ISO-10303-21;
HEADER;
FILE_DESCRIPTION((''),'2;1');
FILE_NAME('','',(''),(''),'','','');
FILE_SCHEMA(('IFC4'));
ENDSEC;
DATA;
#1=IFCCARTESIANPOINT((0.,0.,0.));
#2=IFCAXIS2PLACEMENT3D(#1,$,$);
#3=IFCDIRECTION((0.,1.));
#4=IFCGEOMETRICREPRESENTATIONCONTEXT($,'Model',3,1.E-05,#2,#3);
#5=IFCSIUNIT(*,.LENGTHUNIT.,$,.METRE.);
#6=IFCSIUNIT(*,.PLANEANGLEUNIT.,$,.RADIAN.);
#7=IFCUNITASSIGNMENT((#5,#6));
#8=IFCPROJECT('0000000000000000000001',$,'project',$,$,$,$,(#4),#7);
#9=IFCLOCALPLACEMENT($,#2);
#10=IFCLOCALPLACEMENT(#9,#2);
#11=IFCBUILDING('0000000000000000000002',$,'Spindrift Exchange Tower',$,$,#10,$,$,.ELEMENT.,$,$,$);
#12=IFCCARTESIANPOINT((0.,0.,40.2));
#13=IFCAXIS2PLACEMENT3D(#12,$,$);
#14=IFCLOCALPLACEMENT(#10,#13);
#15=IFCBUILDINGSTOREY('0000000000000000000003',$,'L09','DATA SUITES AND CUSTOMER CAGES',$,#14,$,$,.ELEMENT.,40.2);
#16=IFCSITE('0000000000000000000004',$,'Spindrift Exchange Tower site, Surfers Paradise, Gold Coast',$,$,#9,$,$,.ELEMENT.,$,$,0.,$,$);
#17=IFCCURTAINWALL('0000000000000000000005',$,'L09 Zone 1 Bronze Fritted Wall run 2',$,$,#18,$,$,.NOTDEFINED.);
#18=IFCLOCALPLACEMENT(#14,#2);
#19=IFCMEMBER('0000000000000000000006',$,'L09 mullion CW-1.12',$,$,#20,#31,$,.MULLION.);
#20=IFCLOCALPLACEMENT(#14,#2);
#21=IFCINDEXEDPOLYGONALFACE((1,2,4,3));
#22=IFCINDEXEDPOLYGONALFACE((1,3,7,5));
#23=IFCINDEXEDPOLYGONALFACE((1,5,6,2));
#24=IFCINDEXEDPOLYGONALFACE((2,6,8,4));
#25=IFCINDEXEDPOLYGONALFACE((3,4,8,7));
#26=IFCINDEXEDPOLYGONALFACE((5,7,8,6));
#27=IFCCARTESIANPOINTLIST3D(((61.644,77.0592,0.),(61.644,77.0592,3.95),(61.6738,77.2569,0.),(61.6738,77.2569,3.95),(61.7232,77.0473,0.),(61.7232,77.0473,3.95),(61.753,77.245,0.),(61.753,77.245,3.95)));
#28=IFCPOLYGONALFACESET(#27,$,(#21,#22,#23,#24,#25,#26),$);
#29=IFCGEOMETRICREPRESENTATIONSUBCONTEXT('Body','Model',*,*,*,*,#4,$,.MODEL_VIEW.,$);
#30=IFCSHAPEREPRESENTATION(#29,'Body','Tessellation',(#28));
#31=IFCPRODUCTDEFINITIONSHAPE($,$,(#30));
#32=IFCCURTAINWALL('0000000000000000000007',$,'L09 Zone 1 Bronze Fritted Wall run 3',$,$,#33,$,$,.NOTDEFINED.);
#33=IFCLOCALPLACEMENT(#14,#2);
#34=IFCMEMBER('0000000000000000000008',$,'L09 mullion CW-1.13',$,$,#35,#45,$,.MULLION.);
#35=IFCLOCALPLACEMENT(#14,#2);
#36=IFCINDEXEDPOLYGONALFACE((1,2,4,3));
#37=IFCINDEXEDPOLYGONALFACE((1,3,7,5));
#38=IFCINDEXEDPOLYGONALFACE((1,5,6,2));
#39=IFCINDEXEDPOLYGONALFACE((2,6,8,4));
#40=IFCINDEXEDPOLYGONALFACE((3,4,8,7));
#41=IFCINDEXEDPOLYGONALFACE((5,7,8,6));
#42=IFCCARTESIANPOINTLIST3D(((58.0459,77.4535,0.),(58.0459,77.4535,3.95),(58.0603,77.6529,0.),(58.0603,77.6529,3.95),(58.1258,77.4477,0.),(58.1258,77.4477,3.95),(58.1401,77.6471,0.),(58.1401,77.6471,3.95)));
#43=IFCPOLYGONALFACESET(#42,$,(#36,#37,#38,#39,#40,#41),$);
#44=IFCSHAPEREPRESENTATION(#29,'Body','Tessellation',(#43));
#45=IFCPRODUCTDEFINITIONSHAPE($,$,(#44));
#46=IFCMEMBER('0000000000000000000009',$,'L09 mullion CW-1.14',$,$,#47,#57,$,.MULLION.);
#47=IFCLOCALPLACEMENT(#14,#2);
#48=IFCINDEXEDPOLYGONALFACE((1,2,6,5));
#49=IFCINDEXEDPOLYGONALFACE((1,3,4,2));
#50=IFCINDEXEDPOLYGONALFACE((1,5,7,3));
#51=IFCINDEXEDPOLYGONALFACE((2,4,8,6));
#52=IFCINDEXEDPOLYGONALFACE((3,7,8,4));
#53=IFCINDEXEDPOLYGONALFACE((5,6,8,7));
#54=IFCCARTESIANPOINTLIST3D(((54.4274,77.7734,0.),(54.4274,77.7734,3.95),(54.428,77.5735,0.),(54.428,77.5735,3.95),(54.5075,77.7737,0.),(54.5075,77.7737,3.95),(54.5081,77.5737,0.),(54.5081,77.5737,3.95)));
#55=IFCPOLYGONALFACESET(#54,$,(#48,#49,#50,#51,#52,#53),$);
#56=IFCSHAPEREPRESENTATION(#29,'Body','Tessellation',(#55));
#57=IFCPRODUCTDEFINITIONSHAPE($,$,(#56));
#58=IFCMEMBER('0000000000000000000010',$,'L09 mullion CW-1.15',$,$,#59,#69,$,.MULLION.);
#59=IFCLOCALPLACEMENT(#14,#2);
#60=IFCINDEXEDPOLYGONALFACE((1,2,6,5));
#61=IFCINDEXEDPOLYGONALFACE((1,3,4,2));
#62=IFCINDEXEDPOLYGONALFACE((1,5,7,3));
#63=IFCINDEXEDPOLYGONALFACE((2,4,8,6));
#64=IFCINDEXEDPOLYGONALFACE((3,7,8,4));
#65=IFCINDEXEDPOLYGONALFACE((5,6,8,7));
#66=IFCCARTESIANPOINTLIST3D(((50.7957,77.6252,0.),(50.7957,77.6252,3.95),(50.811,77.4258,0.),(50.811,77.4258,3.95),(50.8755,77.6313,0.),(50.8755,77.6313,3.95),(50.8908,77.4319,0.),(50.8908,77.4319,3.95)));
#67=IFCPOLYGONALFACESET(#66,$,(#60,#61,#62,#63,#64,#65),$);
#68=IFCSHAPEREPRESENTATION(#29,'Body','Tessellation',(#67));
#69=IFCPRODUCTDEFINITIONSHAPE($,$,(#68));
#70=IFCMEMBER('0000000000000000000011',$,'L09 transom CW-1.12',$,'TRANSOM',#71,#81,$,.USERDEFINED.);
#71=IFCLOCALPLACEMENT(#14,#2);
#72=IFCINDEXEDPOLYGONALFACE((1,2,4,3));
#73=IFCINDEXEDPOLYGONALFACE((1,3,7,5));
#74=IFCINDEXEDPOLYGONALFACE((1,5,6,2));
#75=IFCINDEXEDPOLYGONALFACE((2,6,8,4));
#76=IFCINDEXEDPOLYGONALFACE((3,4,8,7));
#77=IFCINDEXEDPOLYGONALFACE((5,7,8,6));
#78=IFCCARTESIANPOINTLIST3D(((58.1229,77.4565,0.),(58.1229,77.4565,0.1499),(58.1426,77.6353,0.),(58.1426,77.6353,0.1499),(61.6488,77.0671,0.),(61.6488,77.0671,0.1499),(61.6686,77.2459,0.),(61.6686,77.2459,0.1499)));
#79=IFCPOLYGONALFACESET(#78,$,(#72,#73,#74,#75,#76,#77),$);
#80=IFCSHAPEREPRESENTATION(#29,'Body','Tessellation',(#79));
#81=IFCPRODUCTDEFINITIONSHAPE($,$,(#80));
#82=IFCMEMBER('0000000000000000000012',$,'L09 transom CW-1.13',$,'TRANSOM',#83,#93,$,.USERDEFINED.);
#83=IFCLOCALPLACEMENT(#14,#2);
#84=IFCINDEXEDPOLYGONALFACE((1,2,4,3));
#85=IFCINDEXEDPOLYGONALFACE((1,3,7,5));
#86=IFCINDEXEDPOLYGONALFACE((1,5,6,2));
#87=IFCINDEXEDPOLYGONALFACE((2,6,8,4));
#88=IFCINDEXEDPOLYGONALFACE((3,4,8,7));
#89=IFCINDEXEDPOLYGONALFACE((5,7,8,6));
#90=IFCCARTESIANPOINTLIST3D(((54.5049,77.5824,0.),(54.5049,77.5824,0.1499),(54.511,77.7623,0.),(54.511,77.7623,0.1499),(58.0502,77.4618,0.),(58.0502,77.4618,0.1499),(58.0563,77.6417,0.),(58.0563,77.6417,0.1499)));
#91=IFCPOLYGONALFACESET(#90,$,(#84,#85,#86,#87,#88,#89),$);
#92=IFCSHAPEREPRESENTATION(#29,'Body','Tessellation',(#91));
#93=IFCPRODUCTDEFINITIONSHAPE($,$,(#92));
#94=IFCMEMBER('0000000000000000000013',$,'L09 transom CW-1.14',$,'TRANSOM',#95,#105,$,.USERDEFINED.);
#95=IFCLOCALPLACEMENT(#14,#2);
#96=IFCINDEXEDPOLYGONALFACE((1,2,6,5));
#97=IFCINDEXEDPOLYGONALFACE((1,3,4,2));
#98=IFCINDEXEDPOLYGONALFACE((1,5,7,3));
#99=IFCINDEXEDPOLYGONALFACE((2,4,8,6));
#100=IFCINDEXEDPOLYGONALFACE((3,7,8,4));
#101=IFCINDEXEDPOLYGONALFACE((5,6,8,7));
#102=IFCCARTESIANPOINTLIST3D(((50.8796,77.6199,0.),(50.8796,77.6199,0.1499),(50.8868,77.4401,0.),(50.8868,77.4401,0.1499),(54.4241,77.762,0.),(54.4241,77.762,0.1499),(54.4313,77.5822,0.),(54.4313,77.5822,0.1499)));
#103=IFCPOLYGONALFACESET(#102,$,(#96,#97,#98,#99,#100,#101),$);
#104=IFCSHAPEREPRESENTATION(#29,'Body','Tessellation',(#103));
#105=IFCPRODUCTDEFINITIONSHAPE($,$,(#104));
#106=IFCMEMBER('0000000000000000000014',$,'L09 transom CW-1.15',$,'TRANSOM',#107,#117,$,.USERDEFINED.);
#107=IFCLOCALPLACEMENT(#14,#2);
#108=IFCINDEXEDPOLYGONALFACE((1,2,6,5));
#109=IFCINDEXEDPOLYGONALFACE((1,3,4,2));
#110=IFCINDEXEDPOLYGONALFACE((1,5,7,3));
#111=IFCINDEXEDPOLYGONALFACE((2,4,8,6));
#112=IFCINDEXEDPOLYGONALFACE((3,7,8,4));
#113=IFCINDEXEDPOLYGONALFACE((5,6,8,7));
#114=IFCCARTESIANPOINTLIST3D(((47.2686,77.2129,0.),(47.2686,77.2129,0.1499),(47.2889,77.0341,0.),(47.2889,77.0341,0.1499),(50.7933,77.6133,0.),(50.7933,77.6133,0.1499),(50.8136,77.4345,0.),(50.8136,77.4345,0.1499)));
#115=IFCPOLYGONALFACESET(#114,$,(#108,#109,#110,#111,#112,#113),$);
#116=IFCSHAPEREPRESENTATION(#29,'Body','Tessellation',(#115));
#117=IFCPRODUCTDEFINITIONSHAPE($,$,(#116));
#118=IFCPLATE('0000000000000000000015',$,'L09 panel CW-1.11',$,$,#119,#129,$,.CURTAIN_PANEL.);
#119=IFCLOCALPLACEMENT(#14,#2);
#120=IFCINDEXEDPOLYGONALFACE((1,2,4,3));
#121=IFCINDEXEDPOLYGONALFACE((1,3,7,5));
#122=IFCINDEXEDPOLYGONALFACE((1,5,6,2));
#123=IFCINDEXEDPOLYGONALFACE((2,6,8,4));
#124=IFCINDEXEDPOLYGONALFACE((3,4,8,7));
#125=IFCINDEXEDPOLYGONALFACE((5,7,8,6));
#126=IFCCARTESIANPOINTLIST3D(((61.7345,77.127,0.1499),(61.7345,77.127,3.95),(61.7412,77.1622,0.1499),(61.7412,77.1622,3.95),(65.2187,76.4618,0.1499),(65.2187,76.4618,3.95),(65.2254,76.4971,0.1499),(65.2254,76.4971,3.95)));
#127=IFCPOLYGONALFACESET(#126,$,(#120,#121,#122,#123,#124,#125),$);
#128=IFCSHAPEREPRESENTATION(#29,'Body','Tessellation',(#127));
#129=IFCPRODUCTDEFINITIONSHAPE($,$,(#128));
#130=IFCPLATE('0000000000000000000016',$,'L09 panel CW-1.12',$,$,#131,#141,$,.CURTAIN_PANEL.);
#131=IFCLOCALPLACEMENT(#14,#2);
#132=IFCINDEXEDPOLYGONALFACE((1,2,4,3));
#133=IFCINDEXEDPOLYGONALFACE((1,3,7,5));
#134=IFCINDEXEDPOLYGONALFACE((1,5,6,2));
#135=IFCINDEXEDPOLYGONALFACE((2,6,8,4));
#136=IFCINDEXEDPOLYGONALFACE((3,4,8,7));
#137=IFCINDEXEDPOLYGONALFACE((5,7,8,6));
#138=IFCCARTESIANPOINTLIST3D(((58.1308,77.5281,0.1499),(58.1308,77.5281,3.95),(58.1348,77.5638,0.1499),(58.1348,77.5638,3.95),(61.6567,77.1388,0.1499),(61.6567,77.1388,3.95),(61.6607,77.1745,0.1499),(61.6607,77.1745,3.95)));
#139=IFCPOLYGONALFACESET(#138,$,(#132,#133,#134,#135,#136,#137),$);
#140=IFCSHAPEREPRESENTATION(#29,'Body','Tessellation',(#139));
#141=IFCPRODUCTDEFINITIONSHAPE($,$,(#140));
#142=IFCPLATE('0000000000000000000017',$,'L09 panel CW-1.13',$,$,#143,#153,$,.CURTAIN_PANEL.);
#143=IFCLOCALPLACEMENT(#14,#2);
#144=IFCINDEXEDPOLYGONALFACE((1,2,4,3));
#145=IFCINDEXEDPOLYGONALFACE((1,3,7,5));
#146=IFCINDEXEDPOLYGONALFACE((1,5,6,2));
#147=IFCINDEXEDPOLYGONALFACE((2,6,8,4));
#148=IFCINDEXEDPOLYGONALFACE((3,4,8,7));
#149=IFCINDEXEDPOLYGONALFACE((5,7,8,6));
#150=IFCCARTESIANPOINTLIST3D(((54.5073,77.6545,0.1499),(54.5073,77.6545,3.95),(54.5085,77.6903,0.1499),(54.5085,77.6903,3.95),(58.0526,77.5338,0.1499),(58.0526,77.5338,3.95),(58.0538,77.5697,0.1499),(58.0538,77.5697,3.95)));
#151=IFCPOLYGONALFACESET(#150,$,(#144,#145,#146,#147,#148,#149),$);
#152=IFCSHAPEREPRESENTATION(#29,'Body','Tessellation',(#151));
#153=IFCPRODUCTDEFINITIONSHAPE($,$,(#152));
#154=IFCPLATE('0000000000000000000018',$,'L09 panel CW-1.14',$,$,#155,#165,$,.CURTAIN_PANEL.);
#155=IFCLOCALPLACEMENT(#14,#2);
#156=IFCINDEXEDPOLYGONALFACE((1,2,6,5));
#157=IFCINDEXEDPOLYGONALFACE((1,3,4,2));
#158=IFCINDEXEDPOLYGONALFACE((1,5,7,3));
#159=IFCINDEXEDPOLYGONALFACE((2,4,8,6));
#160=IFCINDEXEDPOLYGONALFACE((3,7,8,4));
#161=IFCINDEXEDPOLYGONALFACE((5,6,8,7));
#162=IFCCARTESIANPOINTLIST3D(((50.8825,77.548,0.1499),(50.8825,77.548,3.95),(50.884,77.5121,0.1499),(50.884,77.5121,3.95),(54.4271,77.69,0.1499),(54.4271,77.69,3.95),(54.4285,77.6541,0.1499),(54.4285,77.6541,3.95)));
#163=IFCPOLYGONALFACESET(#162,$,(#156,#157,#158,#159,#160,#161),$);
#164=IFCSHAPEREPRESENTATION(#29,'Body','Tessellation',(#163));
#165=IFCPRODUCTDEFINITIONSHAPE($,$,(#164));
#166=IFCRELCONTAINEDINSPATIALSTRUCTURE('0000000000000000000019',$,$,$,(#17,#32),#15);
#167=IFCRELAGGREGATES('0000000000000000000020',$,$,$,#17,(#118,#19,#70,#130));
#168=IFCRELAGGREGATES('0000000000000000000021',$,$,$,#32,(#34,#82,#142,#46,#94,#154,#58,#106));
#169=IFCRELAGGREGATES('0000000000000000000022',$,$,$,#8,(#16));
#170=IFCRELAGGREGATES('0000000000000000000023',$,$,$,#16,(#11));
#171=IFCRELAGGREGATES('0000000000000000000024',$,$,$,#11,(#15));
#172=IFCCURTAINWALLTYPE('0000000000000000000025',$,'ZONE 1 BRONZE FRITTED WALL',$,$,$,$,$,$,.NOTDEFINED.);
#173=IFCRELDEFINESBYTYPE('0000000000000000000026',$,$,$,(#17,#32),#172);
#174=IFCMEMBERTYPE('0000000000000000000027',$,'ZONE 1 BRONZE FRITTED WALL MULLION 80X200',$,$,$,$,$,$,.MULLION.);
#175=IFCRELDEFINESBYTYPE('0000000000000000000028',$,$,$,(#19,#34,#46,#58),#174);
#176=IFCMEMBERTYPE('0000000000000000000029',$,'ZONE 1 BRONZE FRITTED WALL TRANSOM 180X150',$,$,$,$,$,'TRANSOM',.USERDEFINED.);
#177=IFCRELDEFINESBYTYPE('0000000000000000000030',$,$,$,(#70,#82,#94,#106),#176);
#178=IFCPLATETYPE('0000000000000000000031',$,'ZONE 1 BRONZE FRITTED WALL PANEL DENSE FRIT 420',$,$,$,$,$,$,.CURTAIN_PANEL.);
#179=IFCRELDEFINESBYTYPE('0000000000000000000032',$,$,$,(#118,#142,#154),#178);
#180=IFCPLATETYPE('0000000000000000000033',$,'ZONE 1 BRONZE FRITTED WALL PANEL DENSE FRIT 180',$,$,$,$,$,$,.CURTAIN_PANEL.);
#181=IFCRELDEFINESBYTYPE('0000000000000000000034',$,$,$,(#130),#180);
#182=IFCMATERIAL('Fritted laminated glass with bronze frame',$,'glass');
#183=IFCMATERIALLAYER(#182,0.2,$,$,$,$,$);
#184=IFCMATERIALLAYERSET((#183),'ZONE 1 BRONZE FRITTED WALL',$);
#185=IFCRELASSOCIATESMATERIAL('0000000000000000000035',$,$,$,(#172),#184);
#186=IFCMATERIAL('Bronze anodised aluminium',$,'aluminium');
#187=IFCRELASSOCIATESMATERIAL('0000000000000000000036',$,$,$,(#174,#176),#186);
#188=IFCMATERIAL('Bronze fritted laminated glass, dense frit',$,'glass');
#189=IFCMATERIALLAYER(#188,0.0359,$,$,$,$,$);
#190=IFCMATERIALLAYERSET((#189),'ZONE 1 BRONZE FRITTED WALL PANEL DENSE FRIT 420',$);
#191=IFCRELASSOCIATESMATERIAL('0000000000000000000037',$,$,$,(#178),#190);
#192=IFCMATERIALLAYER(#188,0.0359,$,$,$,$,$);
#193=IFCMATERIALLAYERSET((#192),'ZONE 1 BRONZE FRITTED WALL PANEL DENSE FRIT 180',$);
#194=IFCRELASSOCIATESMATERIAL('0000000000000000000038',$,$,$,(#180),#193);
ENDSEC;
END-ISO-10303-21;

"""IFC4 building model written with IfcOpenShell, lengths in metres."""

from ifc_helpers import new_model, si_unit, direction, frame, origin, origin_2d, place, context, subcontext, project, spatial, rectangle, extrude, source, transform, mapped, material, layer, layer_set, material_profile, profile_set, type_object, element, aggregate, save


model = new_model("IFC4")

# Units and contexts
model_context = context("Model", 3, precision=1e-05, world=origin(), true_north=direction((0.0, 1.0)))
body_context = subcontext(model_context, "Body", "Model", "MODEL_VIEW")
ifc_project = project(units=[si_unit("LENGTHUNIT", "METRE"), si_unit("PLANEANGLEUNIT", "RADIAN")], contexts=[model_context])

# Site, building, storey
site_placement = place(None, origin())
site = spatial("IfcSite", under=ifc_project, at=site_placement, Name="Spindrift Exchange Tower site, Surfers Paradise, Gold Coast", CompositionType="ELEMENT", RefElevation=0.0)
building_placement = place(site_placement, origin())
building = spatial("IfcBuilding", under=site, at=building_placement, Name="Spindrift Exchange Tower", CompositionType="ELEMENT")
storey_placement = place(building_placement, frame((0.0, 0.0, 40.2)))
storey = spatial("IfcBuildingStorey", under=building, at=storey_placement, Name="L09", Description="DATA SUITES AND CUSTOMER CAGES", CompositionType="ELEMENT", Elevation=40.2)

# Curtain wall, member
ifc_material_1 = material(Name="Fritted laminated glass with bronze frame", Category="glass")
ifc_layer_1 = layer(ifc_material_1, 0.2)
ifc_layer_set_1 = layer_set([ifc_layer_1], Name="ZONE 1 BRONZE FRITTED WALL")
curtain_wall_type = type_object("IfcCurtainWallType", Name="ZONE 1 BRONZE FRITTED WALL", PredefinedType="NOTDEFINED", material=ifc_layer_set_1)
curtain_wall_1_placement = place(storey_placement, origin())
curtain_wall_1 = element("IfcCurtainWall", 1, at=curtain_wall_1_placement, inside=storey, type_object=curtain_wall_type, Name="L09 Zone 1 Bronze Fritted Wall run 2", PredefinedType="NOTDEFINED")
ifc_material_2 = material(Name="Bronze anodised aluminium", Category="aluminium")
ifc_material_profile_1 = material_profile(ifc_material_2, rectangle(XDim=0.0801, YDim=0.2, at=origin_2d()), Name="ZONE 1 BRONZE FRITTED WALL MULLION 80X200")
ifc_profile_set_1 = profile_set([ifc_material_profile_1], Name="Bronze anodised aluminium")
member_type_1 = type_object("IfcMemberType", Name="ZONE 1 BRONZE FRITTED WALL MULLION 80X200", PredefinedType="MULLION", material=ifc_profile_set_1)
shared_shape_1 = source(origin(), body_context, "Body", "SweptSolid", [
    extrude(rectangle(XDim=0.0801, YDim=0.2, at=origin_2d()), origin(), (0.0, 0.0, 1.0), 3.95),
])
member_1_placement = place(storey_placement, frame((61.6985, 77.1521, 0.0), z_axis=(0.0, 0.0, 1.0), x_axis=(-0.988874, 0.148753, 0.0)))
member_1 = element("IfcMember", 2, at=member_1_placement, type_object=member_type_1, Name="L09 mullion CW-1.12", PredefinedType="MULLION", context=body_context, shape_type="MappedRepresentation", body=[
    mapped(shared_shape_1, transform((0.0, 0.0, 0.0), scale=1.0)),
])

# Curtain wall, members
curtain_wall_2_placement = place(storey_placement, origin())
curtain_wall_2 = element("IfcCurtainWall", 3, at=curtain_wall_2_placement, inside=storey, type_object=curtain_wall_type, Name="L09 Zone 1 Bronze Fritted Wall run 3", PredefinedType="NOTDEFINED")
member_2_placement = place(storey_placement, frame((58.093, 77.5503, 0.0), z_axis=(0.0, 0.0, 1.0), x_axis=(-0.997409, 0.071937, 0.0)))
member_2 = element("IfcMember", 4, at=member_2_placement, type_object=member_type_1, Name="L09 mullion CW-1.13", PredefinedType="MULLION", context=body_context, shape_type="MappedRepresentation", body=[
    mapped(shared_shape_1, transform((0.0, 0.0, 0.0), scale=1.0)),
])
member_3_placement = place(storey_placement, frame((54.4678, 77.6736, 0.0), z_axis=(0.0, 0.0, 1.0), x_axis=(-0.999995, -0.003007, 0.0)))
member_3 = element("IfcMember", 5, at=member_3_placement, type_object=member_type_1, Name="L09 mullion CW-1.14", PredefinedType="MULLION", context=body_context, shape_type="MappedRepresentation", body=[
    mapped(shared_shape_1, transform((0.0, 0.0, 0.0), scale=1.0)),
])
member_4_placement = place(storey_placement, frame((50.8433, 77.5286, 0.0), z_axis=(0.0, 0.0, 1.0), x_axis=(-0.99707, -0.076497, 0.0)))
member_4 = element("IfcMember", 6, at=member_4_placement, type_object=member_type_1, Name="L09 mullion CW-1.15", PredefinedType="MULLION", context=body_context, shape_type="MappedRepresentation", body=[
    mapped(shared_shape_1, transform((0.0, 0.0, 0.0), scale=1.0)),
])

# Members
ifc_material_profile_2 = material_profile(ifc_material_2, rectangle(XDim=0.1799, YDim=0.1499, at=origin_2d()), Name="ZONE 1 BRONZE FRITTED WALL TRANSOM 180X150")
ifc_profile_set_2 = profile_set([ifc_material_profile_2], Name="Bronze anodised aluminium")
member_type_2 = type_object("IfcMemberType", Name="ZONE 1 BRONZE FRITTED WALL TRANSOM 180X150", ElementType="TRANSOM", PredefinedType="USERDEFINED", material=ifc_profile_set_2)
shared_shape_2 = source(origin(), body_context, "Body", "SweptSolid", [
    extrude(rectangle(XDim=0.1799, YDim=0.1499, at=origin_2d()), origin(), (0.0, 0.0, 1.0), 3.5474),
])
member_5_placement = place(storey_placement, frame((61.6587, 77.1565, 0.075), z_axis=(-0.993957, 0.109774, 0.0), x_axis=(-0.109774, -0.993957, 0.0)))
member_5 = element("IfcMember", 7, at=member_5_placement, type_object=member_type_2, Name="L09 transom CW-1.12", ObjectType="TRANSOM", PredefinedType="USERDEFINED", context=body_context, shape_type="MappedRepresentation", body=[
    mapped(shared_shape_2, transform((0.0, 0.0, 0.0), scale=1.0)),
])
member_6_placement = place(storey_placement, frame((58.0532, 77.5518, 0.075), z_axis=(-0.999422, 0.033998, 0.0), x_axis=(-0.033998, -0.999422, 0.0)))
member_6 = element("IfcMember", 8, at=member_6_placement, type_object=member_type_2, Name="L09 transom CW-1.13", ObjectType="TRANSOM", PredefinedType="USERDEFINED", context=body_context, shape_type="MappedRepresentation", body=[
    mapped(shared_shape_2, transform((0.0, 0.0, 0.0), scale=1.0)),
])
member_7_placement = place(storey_placement, frame((54.4277, 77.6721, 0.075), z_axis=(-0.999197, -0.040056, 0.0), x_axis=(0.040056, -0.999197, 0.0)))
member_7 = element("IfcMember", 9, at=member_7_placement, type_object=member_type_2, Name="L09 transom CW-1.14", ObjectType="TRANSOM", PredefinedType="USERDEFINED", context=body_context, shape_type="MappedRepresentation", body=[
    mapped(shared_shape_2, transform((0.0, 0.0, 0.0), scale=1.0)),
])
member_8_placement = place(storey_placement, frame((50.8035, 77.5239, 0.075), z_axis=(-0.99361, -0.112871, 0.0), x_axis=(0.112871, -0.99361, 0.0)))
member_8 = element("IfcMember", 10, at=member_8_placement, type_object=member_type_2, Name="L09 transom CW-1.15", ObjectType="TRANSOM", PredefinedType="USERDEFINED", context=body_context, shape_type="MappedRepresentation", body=[
    mapped(shared_shape_2, transform((0.0, 0.0, 0.0), scale=1.0)),
])

# Plates
ifc_material_3 = material(Name="Bronze fritted laminated glass, dense frit", Category="glass")
ifc_layer_2 = layer(ifc_material_3, 0.0359)
ifc_layer_set_2 = layer_set([ifc_layer_2], Name="ZONE 1 BRONZE FRITTED WALL PANEL DENSE FRIT 420")
plate_type_1 = type_object("IfcPlateType", Name="ZONE 1 BRONZE FRITTED WALL PANEL DENSE FRIT 420", PredefinedType="CURTAIN_PANEL", material=ifc_layer_set_2)
shared_shape_3 = source(origin(), body_context, "Body", "SweptSolid", [
    extrude(rectangle(XDim=3.5471, YDim=0.0359, at=origin_2d()), origin(), (0.0, 0.0, 1.0), 3.8),
])
plate_1_placement = place(storey_placement, frame((63.48, 76.812, 0.1499), z_axis=(0.0, 0.0, 1.0), x_axis=(-0.98226, 0.187525, 0.0)))
plate_1 = element("IfcPlate", 11, at=plate_1_placement, type_object=plate_type_1, Name="L09 panel CW-1.11", PredefinedType="CURTAIN_PANEL", context=body_context, shape_type="MappedRepresentation", body=[
    mapped(shared_shape_3, transform((0.0, 0.0, 0.0), scale=1.0)),
])
ifc_layer_3 = layer(ifc_material_3, 0.0359)
ifc_layer_set_3 = layer_set([ifc_layer_3], Name="ZONE 1 BRONZE FRITTED WALL PANEL DENSE FRIT 180")
plate_type_2 = type_object("IfcPlateType", Name="ZONE 1 BRONZE FRITTED WALL PANEL DENSE FRIT 180", PredefinedType="CURTAIN_PANEL", material=ifc_layer_set_3)
shared_shape_4 = source(origin(), body_context, "Body", "SweptSolid", [
    extrude(rectangle(XDim=3.5474, YDim=0.0359, at=origin_2d()), origin(), (0.0, 0.0, 1.0), 3.8),
])
plate_2_placement = place(storey_placement, frame((59.8958, 77.3513, 0.1499), z_axis=(0.0, 0.0, 1.0), x_axis=(-0.993959, 0.10975, 0.0)))
plate_2 = element("IfcPlate", 12, at=plate_2_placement, type_object=plate_type_2, Name="L09 panel CW-1.12", PredefinedType="CURTAIN_PANEL", context=body_context, shape_type="MappedRepresentation", body=[
    mapped(shared_shape_4, transform((0.0, 0.0, 0.0), scale=1.0)),
])
aggregate(curtain_wall_1, [plate_1, member_1, member_5, plate_2])
shared_shape_5 = source(origin(), body_context, "Body", "SweptSolid", [
    extrude(rectangle(XDim=3.5474, YDim=0.0359, at=origin_2d()), origin(), (0.0, 0.0, 1.0), 3.8),
])
plate_3_placement = place(storey_placement, frame((56.2805, 77.6121, 0.1499), z_axis=(0.0, 0.0, 1.0), x_axis=(-0.999421, 0.034019, 0.0)))
plate_3 = element("IfcPlate", 13, at=plate_3_placement, type_object=plate_type_1, Name="L09 panel CW-1.13", PredefinedType="CURTAIN_PANEL", context=body_context, shape_type="MappedRepresentation", body=[
    mapped(shared_shape_5, transform((0.0, 0.0, 0.0), scale=1.0)),
])
plate_4_placement = place(storey_placement, frame((52.6555, 77.6011, 0.1499), z_axis=(0.0, 0.0, 1.0), x_axis=(-0.999199, -0.040029, 0.0)))
plate_4 = element("IfcPlate", 14, at=plate_4_placement, type_object=plate_type_1, Name="L09 panel CW-1.14", PredefinedType="CURTAIN_PANEL", context=body_context, shape_type="MappedRepresentation", body=[
    mapped(shared_shape_5, transform((0.0, 0.0, 0.0), scale=1.0)),
])
aggregate(curtain_wall_2, [member_2, member_6, plate_3, member_3, member_7, plate_4, member_4, member_8])

save(model, "model.ifc")
